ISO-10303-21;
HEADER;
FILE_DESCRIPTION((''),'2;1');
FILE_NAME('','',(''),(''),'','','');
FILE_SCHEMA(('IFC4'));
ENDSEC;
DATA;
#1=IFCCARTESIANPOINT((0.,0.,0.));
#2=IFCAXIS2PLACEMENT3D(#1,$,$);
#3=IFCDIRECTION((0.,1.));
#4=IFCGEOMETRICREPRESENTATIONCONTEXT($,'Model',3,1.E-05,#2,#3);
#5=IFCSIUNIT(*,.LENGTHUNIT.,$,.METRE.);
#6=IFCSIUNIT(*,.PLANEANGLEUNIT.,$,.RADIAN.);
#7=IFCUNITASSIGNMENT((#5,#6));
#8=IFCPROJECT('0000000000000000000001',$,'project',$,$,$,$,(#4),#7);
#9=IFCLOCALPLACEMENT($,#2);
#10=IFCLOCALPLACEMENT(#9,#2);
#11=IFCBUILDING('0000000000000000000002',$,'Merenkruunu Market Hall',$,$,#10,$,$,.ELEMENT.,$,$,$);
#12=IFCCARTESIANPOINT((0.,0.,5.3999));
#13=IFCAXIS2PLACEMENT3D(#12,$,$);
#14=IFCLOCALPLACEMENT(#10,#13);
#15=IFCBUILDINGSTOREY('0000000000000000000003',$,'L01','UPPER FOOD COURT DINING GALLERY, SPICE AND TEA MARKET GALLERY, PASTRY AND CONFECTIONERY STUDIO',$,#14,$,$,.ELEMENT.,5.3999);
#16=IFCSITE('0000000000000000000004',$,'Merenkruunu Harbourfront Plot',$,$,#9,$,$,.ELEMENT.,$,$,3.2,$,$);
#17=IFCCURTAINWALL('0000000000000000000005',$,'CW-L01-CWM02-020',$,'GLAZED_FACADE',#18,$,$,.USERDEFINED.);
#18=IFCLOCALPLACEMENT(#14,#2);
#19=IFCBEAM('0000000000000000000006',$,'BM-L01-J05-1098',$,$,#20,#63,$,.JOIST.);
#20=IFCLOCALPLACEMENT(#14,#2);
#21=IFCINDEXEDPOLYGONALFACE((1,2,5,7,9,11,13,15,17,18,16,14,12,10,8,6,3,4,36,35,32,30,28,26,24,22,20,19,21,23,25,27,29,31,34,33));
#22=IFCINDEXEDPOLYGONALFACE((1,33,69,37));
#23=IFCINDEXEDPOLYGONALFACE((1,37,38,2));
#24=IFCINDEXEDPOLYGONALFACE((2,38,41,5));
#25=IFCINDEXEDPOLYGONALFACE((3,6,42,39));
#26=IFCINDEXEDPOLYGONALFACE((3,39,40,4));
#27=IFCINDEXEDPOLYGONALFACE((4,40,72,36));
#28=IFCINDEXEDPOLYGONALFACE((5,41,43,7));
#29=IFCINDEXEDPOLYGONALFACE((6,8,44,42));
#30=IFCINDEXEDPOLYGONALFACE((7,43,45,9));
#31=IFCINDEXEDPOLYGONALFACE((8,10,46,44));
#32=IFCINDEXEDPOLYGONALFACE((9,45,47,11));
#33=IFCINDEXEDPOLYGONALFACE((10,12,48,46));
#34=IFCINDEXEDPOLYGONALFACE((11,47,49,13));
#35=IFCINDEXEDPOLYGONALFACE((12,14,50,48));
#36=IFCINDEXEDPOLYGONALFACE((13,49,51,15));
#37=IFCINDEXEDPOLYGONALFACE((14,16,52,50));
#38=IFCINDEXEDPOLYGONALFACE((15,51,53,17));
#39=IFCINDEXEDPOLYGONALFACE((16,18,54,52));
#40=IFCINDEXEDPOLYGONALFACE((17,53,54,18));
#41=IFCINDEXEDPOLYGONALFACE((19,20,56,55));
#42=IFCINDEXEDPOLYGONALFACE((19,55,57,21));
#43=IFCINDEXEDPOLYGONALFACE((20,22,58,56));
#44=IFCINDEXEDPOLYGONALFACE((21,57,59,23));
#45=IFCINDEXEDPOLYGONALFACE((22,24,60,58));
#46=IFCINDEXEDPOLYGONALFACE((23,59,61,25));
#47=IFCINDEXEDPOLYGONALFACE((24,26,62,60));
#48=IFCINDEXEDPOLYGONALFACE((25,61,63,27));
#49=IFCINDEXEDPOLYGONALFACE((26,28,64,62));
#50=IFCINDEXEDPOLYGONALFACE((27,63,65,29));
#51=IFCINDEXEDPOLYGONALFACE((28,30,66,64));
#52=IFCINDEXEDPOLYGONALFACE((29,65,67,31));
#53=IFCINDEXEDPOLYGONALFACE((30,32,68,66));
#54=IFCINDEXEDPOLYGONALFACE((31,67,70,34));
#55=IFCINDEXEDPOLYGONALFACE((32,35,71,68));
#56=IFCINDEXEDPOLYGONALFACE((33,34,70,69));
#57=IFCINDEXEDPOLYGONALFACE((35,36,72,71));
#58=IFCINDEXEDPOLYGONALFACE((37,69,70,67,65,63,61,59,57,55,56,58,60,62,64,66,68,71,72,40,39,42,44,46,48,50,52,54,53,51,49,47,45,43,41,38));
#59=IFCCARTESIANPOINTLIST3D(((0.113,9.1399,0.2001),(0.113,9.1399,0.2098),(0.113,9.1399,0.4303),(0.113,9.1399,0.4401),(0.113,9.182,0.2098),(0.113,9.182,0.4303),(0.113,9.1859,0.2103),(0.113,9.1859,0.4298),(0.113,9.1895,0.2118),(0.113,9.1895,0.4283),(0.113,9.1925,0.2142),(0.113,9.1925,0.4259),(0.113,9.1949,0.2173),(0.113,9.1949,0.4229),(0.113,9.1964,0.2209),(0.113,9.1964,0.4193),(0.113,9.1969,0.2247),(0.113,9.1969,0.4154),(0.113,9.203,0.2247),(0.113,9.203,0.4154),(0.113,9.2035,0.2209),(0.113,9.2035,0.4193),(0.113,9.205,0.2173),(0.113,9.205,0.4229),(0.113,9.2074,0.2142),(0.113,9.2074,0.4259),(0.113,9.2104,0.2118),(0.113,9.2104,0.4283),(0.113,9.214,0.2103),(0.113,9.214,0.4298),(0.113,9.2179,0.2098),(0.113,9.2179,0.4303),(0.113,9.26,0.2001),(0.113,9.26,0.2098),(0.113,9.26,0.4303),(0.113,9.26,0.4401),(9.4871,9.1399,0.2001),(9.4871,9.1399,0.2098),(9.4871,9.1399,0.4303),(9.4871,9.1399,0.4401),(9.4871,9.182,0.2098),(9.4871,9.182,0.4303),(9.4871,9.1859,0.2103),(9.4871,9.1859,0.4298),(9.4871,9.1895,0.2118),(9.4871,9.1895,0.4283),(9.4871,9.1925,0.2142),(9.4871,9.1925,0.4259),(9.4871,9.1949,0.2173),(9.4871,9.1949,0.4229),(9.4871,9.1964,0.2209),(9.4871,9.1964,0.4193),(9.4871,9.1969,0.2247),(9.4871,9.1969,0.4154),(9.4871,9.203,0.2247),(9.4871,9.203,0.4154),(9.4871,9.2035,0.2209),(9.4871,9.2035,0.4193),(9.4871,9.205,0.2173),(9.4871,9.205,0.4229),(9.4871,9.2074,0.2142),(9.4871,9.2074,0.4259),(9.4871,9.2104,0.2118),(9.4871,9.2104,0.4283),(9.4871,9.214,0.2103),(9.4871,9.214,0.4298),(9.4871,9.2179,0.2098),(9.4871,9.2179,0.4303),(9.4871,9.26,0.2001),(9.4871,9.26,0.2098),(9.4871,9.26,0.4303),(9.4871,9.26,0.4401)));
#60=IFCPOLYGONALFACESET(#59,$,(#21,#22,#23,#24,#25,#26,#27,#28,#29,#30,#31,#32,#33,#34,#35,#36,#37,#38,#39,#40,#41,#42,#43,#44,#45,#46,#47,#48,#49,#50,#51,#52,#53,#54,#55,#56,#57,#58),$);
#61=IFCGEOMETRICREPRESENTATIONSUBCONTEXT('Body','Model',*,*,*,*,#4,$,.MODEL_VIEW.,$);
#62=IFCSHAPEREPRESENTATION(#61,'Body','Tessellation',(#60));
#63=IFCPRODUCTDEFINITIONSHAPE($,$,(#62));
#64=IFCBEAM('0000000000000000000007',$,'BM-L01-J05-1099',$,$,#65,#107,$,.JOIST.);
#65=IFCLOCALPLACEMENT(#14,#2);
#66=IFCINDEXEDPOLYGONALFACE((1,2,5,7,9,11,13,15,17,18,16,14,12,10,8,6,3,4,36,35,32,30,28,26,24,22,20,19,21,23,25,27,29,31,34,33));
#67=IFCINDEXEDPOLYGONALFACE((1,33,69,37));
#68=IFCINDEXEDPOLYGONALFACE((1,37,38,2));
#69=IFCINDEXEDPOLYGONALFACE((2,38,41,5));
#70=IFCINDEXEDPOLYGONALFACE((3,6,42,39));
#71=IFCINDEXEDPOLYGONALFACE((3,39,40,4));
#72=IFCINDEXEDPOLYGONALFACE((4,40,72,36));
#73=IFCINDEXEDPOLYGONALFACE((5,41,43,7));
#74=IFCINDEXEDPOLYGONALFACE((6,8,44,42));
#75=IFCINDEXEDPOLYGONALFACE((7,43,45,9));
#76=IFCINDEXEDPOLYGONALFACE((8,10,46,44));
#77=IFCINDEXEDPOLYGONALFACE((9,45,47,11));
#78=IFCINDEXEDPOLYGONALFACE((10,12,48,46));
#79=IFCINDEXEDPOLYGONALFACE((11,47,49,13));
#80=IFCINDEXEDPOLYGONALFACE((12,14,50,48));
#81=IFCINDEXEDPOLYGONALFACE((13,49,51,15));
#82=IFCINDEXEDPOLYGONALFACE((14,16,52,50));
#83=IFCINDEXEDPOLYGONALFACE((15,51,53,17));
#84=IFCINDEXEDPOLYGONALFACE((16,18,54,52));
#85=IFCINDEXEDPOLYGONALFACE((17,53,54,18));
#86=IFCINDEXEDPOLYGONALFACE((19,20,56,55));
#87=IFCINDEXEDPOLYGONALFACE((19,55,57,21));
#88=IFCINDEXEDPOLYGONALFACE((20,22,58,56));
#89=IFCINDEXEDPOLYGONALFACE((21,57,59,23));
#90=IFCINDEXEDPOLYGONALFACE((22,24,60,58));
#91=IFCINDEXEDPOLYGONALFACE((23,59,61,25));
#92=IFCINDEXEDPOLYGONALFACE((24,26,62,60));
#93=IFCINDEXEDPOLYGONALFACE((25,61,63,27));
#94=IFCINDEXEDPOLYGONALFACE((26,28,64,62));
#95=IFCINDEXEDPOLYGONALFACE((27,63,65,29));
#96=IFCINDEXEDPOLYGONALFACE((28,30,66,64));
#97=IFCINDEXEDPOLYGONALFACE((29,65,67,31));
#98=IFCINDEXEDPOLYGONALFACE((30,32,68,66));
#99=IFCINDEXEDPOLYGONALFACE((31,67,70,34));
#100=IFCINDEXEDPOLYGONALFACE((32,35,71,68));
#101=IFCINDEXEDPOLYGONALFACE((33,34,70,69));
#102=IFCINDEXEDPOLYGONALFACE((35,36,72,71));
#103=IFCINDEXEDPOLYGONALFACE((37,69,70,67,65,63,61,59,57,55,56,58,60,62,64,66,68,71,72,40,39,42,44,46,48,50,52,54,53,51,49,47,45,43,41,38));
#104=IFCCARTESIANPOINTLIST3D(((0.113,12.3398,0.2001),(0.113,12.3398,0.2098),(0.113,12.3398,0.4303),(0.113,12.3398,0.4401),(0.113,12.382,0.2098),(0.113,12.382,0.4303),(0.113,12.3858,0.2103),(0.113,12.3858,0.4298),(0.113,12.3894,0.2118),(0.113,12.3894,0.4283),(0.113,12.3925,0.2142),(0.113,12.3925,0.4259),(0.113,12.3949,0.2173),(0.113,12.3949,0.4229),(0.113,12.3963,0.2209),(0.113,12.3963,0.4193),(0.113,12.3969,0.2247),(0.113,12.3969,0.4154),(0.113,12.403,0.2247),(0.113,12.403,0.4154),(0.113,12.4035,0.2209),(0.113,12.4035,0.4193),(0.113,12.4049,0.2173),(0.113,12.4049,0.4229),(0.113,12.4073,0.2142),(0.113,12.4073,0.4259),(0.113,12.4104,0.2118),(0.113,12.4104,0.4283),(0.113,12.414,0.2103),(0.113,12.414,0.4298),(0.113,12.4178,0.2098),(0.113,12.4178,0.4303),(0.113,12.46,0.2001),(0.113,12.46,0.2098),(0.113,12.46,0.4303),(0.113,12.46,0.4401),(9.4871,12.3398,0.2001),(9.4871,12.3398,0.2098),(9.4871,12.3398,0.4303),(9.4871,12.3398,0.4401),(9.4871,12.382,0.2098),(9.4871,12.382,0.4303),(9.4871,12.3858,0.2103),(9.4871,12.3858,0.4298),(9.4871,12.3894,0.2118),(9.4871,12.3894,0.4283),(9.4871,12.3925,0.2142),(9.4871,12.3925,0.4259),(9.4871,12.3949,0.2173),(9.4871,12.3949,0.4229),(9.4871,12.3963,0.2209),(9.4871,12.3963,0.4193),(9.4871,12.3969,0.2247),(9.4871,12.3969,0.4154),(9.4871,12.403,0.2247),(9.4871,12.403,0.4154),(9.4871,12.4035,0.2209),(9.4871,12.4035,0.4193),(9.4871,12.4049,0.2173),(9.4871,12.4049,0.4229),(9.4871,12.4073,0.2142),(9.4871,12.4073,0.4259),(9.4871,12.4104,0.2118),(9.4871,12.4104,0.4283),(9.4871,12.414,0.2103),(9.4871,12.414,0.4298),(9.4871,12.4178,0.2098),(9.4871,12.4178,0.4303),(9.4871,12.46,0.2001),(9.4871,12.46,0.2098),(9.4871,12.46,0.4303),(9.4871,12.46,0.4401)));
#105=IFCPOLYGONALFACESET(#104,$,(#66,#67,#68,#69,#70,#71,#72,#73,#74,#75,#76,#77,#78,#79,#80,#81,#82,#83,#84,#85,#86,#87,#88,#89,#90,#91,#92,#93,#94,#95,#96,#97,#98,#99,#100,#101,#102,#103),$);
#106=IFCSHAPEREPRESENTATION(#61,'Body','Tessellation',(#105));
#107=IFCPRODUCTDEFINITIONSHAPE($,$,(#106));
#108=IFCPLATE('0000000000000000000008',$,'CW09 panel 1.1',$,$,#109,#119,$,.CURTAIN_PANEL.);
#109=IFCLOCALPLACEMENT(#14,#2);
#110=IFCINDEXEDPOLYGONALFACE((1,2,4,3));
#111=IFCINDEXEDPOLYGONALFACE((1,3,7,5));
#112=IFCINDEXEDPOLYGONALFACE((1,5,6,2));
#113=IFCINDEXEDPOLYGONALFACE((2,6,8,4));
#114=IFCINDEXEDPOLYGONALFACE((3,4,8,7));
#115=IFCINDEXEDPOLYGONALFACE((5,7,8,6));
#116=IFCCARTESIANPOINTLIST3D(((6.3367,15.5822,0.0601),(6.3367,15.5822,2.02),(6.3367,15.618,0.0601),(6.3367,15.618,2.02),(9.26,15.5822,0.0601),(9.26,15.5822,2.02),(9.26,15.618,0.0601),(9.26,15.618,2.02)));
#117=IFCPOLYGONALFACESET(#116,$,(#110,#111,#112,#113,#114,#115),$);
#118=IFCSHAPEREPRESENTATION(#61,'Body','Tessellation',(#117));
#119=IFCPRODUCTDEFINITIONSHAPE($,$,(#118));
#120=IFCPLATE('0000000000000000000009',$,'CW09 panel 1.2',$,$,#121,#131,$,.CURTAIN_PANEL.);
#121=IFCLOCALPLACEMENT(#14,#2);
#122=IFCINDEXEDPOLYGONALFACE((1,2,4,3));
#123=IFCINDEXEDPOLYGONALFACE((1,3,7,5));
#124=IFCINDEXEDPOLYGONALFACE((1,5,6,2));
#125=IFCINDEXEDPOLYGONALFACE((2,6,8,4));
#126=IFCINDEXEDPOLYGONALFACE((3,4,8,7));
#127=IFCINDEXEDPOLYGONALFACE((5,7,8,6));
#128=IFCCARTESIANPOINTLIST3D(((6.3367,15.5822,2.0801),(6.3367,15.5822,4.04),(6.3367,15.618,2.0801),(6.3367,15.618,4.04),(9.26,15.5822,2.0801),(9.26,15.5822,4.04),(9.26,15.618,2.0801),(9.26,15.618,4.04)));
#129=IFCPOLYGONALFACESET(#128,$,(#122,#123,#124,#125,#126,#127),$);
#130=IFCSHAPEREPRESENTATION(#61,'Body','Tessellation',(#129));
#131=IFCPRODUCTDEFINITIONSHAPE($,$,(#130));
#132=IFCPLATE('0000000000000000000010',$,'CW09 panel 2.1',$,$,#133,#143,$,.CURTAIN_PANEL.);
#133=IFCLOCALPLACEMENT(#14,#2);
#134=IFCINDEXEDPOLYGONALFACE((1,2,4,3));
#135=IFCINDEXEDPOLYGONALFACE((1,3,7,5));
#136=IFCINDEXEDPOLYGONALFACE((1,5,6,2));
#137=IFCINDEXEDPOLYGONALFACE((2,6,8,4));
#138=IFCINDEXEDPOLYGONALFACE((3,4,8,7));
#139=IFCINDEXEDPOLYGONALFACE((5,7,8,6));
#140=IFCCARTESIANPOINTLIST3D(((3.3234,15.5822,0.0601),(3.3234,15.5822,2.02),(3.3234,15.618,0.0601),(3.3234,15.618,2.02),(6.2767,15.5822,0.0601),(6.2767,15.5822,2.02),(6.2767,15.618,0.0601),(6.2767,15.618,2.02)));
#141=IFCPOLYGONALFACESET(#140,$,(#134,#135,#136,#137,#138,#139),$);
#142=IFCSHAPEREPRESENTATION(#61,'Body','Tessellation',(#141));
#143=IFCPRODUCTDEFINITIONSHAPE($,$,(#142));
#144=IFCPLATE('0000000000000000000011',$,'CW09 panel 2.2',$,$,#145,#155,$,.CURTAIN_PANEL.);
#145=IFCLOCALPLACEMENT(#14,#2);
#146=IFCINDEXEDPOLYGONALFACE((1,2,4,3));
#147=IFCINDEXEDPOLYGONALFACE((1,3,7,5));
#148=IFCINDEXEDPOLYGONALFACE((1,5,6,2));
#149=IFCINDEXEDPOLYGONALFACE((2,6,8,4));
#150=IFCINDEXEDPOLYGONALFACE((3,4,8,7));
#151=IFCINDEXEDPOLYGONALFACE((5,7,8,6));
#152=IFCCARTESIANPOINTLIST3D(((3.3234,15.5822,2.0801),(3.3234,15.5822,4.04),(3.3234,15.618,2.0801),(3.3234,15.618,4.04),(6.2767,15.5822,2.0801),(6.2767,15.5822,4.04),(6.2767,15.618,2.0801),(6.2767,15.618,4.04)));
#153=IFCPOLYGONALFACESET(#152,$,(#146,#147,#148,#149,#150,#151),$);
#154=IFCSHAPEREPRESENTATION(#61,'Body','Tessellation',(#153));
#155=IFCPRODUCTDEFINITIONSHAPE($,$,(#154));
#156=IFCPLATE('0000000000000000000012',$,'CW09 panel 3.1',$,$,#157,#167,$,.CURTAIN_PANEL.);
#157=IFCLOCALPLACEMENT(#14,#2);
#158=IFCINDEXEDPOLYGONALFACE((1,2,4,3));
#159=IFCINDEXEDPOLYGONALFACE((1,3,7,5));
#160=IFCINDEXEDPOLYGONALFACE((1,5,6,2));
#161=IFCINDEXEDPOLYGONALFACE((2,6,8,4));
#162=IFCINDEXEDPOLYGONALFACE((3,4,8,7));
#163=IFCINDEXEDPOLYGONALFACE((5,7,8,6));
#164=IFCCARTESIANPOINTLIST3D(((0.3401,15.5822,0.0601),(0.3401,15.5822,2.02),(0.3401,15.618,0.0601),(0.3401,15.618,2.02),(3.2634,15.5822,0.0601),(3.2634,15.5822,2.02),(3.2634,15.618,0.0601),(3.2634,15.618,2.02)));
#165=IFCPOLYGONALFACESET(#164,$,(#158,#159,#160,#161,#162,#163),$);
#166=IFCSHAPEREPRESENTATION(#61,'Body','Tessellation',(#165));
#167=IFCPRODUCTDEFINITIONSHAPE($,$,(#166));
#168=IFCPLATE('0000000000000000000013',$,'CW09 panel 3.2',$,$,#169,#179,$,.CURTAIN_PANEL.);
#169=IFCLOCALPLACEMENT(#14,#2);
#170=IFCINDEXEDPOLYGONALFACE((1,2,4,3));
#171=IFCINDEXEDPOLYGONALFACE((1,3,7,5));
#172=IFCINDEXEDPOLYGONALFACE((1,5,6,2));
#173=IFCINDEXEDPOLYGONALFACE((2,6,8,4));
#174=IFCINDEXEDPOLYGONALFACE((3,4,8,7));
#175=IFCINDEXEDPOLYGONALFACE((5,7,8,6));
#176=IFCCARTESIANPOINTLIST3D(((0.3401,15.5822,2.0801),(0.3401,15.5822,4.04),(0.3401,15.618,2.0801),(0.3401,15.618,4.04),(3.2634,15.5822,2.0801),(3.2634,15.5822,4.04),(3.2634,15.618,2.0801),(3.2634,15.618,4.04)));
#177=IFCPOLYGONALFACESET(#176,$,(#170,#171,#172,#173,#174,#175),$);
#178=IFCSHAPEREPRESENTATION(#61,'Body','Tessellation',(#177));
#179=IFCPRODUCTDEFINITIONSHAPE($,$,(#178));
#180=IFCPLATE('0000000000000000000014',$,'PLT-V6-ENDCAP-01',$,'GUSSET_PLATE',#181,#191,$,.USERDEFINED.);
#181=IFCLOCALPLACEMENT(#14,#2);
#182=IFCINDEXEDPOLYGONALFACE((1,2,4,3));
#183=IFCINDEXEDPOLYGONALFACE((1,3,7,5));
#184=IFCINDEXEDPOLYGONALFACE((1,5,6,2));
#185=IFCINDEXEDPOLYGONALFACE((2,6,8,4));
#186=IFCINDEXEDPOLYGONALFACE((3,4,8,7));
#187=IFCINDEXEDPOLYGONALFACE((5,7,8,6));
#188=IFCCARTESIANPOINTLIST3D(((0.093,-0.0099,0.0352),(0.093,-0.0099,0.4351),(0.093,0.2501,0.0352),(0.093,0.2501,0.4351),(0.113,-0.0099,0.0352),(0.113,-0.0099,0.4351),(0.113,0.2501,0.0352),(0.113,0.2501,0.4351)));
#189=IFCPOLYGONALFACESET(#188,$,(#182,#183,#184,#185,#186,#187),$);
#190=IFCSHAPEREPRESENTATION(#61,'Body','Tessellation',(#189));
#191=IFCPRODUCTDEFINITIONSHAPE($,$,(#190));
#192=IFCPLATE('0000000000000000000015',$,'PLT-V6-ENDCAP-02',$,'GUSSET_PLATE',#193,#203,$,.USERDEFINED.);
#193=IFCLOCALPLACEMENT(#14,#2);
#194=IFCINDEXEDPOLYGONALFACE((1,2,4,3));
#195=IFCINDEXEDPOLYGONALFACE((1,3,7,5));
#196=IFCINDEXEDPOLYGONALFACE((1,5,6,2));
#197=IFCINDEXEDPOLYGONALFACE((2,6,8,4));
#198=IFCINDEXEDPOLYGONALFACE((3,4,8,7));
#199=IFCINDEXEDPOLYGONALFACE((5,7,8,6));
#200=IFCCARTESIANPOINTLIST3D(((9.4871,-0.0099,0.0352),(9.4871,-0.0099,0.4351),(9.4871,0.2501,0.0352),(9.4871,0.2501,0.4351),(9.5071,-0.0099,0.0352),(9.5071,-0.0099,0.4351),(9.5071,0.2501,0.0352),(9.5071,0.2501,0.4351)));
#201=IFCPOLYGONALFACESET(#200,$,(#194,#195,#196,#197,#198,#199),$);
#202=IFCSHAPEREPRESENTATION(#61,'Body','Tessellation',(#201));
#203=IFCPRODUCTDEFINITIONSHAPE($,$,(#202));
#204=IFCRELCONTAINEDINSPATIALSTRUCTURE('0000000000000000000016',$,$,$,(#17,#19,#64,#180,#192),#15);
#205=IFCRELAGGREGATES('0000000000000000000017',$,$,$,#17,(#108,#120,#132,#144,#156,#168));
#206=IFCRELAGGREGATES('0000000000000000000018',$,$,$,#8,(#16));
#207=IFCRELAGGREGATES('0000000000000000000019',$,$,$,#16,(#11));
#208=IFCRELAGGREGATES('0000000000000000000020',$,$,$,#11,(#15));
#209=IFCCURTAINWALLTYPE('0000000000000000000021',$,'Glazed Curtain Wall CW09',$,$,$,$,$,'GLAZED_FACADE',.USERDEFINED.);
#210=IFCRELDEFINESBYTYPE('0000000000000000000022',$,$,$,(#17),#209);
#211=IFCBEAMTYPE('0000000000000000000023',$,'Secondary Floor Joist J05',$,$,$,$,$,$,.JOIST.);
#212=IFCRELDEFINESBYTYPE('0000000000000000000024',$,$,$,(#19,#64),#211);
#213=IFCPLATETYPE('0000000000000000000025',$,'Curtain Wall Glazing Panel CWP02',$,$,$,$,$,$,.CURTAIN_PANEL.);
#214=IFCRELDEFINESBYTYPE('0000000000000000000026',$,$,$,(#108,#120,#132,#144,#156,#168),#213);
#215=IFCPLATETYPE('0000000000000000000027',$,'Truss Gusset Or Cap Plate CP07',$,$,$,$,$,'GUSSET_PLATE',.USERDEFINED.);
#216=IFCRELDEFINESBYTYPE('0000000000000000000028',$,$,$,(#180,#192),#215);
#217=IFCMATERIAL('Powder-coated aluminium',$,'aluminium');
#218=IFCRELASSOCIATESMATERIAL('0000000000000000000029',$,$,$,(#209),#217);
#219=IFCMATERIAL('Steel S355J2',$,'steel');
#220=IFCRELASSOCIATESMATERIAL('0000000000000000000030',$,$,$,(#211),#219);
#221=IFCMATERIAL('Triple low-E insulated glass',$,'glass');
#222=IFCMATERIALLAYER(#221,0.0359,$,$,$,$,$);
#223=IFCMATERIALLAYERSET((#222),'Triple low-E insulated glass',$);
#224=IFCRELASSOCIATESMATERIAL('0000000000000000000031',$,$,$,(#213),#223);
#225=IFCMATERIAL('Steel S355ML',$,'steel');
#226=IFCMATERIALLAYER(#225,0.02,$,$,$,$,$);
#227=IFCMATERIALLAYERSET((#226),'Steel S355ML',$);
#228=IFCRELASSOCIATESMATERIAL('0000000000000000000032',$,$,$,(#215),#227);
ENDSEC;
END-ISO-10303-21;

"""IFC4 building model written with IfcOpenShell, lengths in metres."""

from ifc_helpers import new_model, si_unit, direction, frame, origin, origin_2d, place, context, subcontext, project, spatial, rectangle, i_section, extrude, material, layer, layer_set, material_profile, profile_set, type_object, element, aggregate, save


model = new_model("IFC4")

# Units and contexts
model_context = context("Model", 3, precision=1e-05, world=origin(), true_north=direction((0.0, 1.0)))
body_context = subcontext(model_context, "Body", "Model", "MODEL_VIEW")
ifc_project = project(units=[si_unit("LENGTHUNIT", "METRE"), si_unit("PLANEANGLEUNIT", "RADIAN")], contexts=[model_context])

# Site, building, storey
site_placement = place(None, origin())
site = spatial("IfcSite", under=ifc_project, at=site_placement, Name="Merenkruunu Harbourfront Plot", CompositionType="ELEMENT", RefElevation=3.2)
building_placement = place(site_placement, origin())
building = spatial("IfcBuilding", under=site, at=building_placement, Name="Merenkruunu Market Hall", CompositionType="ELEMENT")
storey_placement = place(building_placement, frame((0.0, 0.0, 5.3999)))
storey = spatial("IfcBuildingStorey", under=building, at=storey_placement, Name="L01", Description="UPPER FOOD COURT DINING GALLERY, SPICE AND TEA MARKET GALLERY, PASTRY AND CONFECTIONERY STUDIO", CompositionType="ELEMENT", Elevation=5.3999)

# Shared definitions
ifc_material_1 = material(Name="Steel S355J2", Category="steel")

# Curtain wall
ifc_material_2 = material(Name="Powder-coated aluminium", Category="aluminium")
curtain_wall_type = type_object("IfcCurtainWallType", Name="Glazed Curtain Wall CW09", ElementType="GLAZED_FACADE", PredefinedType="USERDEFINED", material=ifc_material_2)
curtain_wall_placement = place(storey_placement, origin())
curtain_wall = element("IfcCurtainWall", 1, at=curtain_wall_placement, inside=storey, type_object=curtain_wall_type, Name="CW-L01-CWM02-020", ObjectType="GLAZED_FACADE", PredefinedType="USERDEFINED")

# Beams
ifc_material_3 = material(Name="Steel S355ML", Category="steel")
ifc_material_profile_1 = material_profile(ifc_material_1, i_section(OverallWidth=0.1201, OverallDepth=0.24, WebThickness=0.0061, FlangeThickness=0.0098, FilletRadius=0.0149, at=origin_2d()), Name="IPE 240")
ifc_profile_set_1 = profile_set([ifc_material_profile_1], Name="Steel S355J2")
beam_type_1 = type_object("IfcBeamType", Name="Secondary Floor Joist J05", PredefinedType="JOIST", material=ifc_profile_set_1)
for number, where, z_axis, x_axis, name in (
    (2, (0.113, 9.2, 0.3201), (1.0, 0.0, 0.0), (0.0, 1.0, 0.0), "BM-L01-J05-1098"),
    (3, (0.113, 12.3999, 0.3201), (1.0, 0.0, 0.0), (0.0, 1.0, 0.0), "BM-L01-J05-1099"),
):
    element("IfcBeam", number, at=place(storey_placement, frame(where, z_axis=z_axis, x_axis=x_axis)), inside=storey, type_object=beam_type_1, Name=name, PredefinedType="JOIST", context=body_context, shape_type="SweptSolid", body=[
        extrude(i_section(OverallWidth=0.1201, OverallDepth=0.24, WebThickness=0.0061, FlangeThickness=0.0098, FilletRadius=0.0149, at=origin_2d()), origin(), (0.0, 0.0, 1.0), 9.374),
    ])

# Plates
ifc_material_4 = material(Name="Triple low-E insulated glass", Category="glass")
ifc_layer_1 = layer(ifc_material_4, 0.0359)
ifc_layer_set_1 = layer_set([ifc_layer_1], Name="Triple low-E insulated glass")
plate_type_1 = type_object("IfcPlateType", Name="Curtain Wall Glazing Panel CWP02", PredefinedType="CURTAIN_PANEL", material=ifc_layer_set_1)
plate_1_placement = place(storey_placement, frame((7.7983, 15.6001, 0.0601), z_axis=(0.0, 0.0, 1.0), x_axis=(-1.0, 0.0, 0.0)))
plate_1 = element("IfcPlate", 4, at=plate_1_placement, type_object=plate_type_1, Name="CW09 panel 1.1", PredefinedType="CURTAIN_PANEL", context=body_context, shape_type="SweptSolid", body=[
    extrude(rectangle(XDim=2.9233, YDim=0.0359, at=origin_2d()), origin(), (0.0, 0.0, 1.0), 1.96),
])
plate_2_placement = place(storey_placement, frame((7.7983, 15.6001, 2.0801), z_axis=(0.0, 0.0, 1.0), x_axis=(-1.0, 0.0, 0.0)))
plate_2 = element("IfcPlate", 5, at=plate_2_placement, type_object=plate_type_1, Name="CW09 panel 1.2", PredefinedType="CURTAIN_PANEL", context=body_context, shape_type="SweptSolid", body=[
    extrude(rectangle(XDim=2.9233, YDim=0.0359, at=origin_2d()), origin(), (0.0, 0.0, 1.0), 1.96),
])
plate_3_placement = place(storey_placement, frame((4.8, 15.6001, 0.0601), z_axis=(0.0, 0.0, 1.0), x_axis=(-1.0, 0.0, 0.0)))
plate_3 = element("IfcPlate", 6, at=plate_3_placement, type_object=plate_type_1, Name="CW09 panel 2.1", PredefinedType="CURTAIN_PANEL", context=body_context, shape_type="SweptSolid", body=[
    extrude(rectangle(XDim=2.9534, YDim=0.0359, at=origin_2d()), origin(), (0.0, 0.0, 1.0), 1.96),
])
plate_4_placement = place(storey_placement, frame((4.8, 15.6001, 2.0801), z_axis=(0.0, 0.0, 1.0), x_axis=(-1.0, 0.0, 0.0)))
plate_4 = element("IfcPlate", 7, at=plate_4_placement, type_object=plate_type_1, Name="CW09 panel 2.2", PredefinedType="CURTAIN_PANEL", context=body_context, shape_type="SweptSolid", body=[
    extrude(rectangle(XDim=2.9534, YDim=0.0359, at=origin_2d()), origin(), (0.0, 0.0, 1.0), 1.96),
])
plate_5_placement = place(storey_placement, frame((1.8018, 15.6001, 0.0601), z_axis=(0.0, 0.0, 1.0), x_axis=(-1.0, 0.0, 0.0)))
plate_5 = element("IfcPlate", 8, at=plate_5_placement, type_object=plate_type_1, Name="CW09 panel 3.1", PredefinedType="CURTAIN_PANEL", context=body_context, shape_type="SweptSolid", body=[
    extrude(rectangle(XDim=2.9233, YDim=0.0359, at=origin_2d()), origin(), (0.0, 0.0, 1.0), 1.96),
])
plate_6_placement = place(storey_placement, frame((1.8018, 15.6001, 2.0801), z_axis=(0.0, 0.0, 1.0), x_axis=(-1.0, 0.0, 0.0)))
plate_6 = element("IfcPlate", 9, at=plate_6_placement, type_object=plate_type_1, Name="CW09 panel 3.2", PredefinedType="CURTAIN_PANEL", context=body_context, shape_type="SweptSolid", body=[
    extrude(rectangle(XDim=2.9233, YDim=0.0359, at=origin_2d()), origin(), (0.0, 0.0, 1.0), 1.96),
])
aggregate(curtain_wall, [plate_1, plate_2, plate_3, plate_4, plate_5, plate_6])

# Plates
ifc_layer_2 = layer(ifc_material_3, 0.02)
ifc_layer_set_2 = layer_set([ifc_layer_2], Name="Steel S355ML")
plate_type_2 = type_object("IfcPlateType", Name="Truss Gusset Or Cap Plate CP07", ElementType="GUSSET_PLATE", PredefinedType="USERDEFINED", material=ifc_layer_set_2)
for number, where, z_axis, x_axis, name in (
    (10, (0.103, 0.1201, 0.0352), (0.0, 0.0, 1.0), (1.0, 0.0, 0.0), "PLT-V6-ENDCAP-01"),
    (11, (9.4971, 0.1201, 0.0352), (0.0, 0.0, 1.0), (1.0, 0.0, 0.0), "PLT-V6-ENDCAP-02"),
):
    element("IfcPlate", number, at=place(storey_placement, frame(where, z_axis=z_axis, x_axis=x_axis)), inside=storey, type_object=plate_type_2, Name=name, ObjectType="GUSSET_PLATE", PredefinedType="USERDEFINED", context=body_context, shape_type="SweptSolid", body=[
        extrude(rectangle(XDim=0.02, YDim=0.26, at=origin_2d()), origin(), (0.0, 0.0, 1.0), 0.3999),
    ])

save(model, "model.ifc")
